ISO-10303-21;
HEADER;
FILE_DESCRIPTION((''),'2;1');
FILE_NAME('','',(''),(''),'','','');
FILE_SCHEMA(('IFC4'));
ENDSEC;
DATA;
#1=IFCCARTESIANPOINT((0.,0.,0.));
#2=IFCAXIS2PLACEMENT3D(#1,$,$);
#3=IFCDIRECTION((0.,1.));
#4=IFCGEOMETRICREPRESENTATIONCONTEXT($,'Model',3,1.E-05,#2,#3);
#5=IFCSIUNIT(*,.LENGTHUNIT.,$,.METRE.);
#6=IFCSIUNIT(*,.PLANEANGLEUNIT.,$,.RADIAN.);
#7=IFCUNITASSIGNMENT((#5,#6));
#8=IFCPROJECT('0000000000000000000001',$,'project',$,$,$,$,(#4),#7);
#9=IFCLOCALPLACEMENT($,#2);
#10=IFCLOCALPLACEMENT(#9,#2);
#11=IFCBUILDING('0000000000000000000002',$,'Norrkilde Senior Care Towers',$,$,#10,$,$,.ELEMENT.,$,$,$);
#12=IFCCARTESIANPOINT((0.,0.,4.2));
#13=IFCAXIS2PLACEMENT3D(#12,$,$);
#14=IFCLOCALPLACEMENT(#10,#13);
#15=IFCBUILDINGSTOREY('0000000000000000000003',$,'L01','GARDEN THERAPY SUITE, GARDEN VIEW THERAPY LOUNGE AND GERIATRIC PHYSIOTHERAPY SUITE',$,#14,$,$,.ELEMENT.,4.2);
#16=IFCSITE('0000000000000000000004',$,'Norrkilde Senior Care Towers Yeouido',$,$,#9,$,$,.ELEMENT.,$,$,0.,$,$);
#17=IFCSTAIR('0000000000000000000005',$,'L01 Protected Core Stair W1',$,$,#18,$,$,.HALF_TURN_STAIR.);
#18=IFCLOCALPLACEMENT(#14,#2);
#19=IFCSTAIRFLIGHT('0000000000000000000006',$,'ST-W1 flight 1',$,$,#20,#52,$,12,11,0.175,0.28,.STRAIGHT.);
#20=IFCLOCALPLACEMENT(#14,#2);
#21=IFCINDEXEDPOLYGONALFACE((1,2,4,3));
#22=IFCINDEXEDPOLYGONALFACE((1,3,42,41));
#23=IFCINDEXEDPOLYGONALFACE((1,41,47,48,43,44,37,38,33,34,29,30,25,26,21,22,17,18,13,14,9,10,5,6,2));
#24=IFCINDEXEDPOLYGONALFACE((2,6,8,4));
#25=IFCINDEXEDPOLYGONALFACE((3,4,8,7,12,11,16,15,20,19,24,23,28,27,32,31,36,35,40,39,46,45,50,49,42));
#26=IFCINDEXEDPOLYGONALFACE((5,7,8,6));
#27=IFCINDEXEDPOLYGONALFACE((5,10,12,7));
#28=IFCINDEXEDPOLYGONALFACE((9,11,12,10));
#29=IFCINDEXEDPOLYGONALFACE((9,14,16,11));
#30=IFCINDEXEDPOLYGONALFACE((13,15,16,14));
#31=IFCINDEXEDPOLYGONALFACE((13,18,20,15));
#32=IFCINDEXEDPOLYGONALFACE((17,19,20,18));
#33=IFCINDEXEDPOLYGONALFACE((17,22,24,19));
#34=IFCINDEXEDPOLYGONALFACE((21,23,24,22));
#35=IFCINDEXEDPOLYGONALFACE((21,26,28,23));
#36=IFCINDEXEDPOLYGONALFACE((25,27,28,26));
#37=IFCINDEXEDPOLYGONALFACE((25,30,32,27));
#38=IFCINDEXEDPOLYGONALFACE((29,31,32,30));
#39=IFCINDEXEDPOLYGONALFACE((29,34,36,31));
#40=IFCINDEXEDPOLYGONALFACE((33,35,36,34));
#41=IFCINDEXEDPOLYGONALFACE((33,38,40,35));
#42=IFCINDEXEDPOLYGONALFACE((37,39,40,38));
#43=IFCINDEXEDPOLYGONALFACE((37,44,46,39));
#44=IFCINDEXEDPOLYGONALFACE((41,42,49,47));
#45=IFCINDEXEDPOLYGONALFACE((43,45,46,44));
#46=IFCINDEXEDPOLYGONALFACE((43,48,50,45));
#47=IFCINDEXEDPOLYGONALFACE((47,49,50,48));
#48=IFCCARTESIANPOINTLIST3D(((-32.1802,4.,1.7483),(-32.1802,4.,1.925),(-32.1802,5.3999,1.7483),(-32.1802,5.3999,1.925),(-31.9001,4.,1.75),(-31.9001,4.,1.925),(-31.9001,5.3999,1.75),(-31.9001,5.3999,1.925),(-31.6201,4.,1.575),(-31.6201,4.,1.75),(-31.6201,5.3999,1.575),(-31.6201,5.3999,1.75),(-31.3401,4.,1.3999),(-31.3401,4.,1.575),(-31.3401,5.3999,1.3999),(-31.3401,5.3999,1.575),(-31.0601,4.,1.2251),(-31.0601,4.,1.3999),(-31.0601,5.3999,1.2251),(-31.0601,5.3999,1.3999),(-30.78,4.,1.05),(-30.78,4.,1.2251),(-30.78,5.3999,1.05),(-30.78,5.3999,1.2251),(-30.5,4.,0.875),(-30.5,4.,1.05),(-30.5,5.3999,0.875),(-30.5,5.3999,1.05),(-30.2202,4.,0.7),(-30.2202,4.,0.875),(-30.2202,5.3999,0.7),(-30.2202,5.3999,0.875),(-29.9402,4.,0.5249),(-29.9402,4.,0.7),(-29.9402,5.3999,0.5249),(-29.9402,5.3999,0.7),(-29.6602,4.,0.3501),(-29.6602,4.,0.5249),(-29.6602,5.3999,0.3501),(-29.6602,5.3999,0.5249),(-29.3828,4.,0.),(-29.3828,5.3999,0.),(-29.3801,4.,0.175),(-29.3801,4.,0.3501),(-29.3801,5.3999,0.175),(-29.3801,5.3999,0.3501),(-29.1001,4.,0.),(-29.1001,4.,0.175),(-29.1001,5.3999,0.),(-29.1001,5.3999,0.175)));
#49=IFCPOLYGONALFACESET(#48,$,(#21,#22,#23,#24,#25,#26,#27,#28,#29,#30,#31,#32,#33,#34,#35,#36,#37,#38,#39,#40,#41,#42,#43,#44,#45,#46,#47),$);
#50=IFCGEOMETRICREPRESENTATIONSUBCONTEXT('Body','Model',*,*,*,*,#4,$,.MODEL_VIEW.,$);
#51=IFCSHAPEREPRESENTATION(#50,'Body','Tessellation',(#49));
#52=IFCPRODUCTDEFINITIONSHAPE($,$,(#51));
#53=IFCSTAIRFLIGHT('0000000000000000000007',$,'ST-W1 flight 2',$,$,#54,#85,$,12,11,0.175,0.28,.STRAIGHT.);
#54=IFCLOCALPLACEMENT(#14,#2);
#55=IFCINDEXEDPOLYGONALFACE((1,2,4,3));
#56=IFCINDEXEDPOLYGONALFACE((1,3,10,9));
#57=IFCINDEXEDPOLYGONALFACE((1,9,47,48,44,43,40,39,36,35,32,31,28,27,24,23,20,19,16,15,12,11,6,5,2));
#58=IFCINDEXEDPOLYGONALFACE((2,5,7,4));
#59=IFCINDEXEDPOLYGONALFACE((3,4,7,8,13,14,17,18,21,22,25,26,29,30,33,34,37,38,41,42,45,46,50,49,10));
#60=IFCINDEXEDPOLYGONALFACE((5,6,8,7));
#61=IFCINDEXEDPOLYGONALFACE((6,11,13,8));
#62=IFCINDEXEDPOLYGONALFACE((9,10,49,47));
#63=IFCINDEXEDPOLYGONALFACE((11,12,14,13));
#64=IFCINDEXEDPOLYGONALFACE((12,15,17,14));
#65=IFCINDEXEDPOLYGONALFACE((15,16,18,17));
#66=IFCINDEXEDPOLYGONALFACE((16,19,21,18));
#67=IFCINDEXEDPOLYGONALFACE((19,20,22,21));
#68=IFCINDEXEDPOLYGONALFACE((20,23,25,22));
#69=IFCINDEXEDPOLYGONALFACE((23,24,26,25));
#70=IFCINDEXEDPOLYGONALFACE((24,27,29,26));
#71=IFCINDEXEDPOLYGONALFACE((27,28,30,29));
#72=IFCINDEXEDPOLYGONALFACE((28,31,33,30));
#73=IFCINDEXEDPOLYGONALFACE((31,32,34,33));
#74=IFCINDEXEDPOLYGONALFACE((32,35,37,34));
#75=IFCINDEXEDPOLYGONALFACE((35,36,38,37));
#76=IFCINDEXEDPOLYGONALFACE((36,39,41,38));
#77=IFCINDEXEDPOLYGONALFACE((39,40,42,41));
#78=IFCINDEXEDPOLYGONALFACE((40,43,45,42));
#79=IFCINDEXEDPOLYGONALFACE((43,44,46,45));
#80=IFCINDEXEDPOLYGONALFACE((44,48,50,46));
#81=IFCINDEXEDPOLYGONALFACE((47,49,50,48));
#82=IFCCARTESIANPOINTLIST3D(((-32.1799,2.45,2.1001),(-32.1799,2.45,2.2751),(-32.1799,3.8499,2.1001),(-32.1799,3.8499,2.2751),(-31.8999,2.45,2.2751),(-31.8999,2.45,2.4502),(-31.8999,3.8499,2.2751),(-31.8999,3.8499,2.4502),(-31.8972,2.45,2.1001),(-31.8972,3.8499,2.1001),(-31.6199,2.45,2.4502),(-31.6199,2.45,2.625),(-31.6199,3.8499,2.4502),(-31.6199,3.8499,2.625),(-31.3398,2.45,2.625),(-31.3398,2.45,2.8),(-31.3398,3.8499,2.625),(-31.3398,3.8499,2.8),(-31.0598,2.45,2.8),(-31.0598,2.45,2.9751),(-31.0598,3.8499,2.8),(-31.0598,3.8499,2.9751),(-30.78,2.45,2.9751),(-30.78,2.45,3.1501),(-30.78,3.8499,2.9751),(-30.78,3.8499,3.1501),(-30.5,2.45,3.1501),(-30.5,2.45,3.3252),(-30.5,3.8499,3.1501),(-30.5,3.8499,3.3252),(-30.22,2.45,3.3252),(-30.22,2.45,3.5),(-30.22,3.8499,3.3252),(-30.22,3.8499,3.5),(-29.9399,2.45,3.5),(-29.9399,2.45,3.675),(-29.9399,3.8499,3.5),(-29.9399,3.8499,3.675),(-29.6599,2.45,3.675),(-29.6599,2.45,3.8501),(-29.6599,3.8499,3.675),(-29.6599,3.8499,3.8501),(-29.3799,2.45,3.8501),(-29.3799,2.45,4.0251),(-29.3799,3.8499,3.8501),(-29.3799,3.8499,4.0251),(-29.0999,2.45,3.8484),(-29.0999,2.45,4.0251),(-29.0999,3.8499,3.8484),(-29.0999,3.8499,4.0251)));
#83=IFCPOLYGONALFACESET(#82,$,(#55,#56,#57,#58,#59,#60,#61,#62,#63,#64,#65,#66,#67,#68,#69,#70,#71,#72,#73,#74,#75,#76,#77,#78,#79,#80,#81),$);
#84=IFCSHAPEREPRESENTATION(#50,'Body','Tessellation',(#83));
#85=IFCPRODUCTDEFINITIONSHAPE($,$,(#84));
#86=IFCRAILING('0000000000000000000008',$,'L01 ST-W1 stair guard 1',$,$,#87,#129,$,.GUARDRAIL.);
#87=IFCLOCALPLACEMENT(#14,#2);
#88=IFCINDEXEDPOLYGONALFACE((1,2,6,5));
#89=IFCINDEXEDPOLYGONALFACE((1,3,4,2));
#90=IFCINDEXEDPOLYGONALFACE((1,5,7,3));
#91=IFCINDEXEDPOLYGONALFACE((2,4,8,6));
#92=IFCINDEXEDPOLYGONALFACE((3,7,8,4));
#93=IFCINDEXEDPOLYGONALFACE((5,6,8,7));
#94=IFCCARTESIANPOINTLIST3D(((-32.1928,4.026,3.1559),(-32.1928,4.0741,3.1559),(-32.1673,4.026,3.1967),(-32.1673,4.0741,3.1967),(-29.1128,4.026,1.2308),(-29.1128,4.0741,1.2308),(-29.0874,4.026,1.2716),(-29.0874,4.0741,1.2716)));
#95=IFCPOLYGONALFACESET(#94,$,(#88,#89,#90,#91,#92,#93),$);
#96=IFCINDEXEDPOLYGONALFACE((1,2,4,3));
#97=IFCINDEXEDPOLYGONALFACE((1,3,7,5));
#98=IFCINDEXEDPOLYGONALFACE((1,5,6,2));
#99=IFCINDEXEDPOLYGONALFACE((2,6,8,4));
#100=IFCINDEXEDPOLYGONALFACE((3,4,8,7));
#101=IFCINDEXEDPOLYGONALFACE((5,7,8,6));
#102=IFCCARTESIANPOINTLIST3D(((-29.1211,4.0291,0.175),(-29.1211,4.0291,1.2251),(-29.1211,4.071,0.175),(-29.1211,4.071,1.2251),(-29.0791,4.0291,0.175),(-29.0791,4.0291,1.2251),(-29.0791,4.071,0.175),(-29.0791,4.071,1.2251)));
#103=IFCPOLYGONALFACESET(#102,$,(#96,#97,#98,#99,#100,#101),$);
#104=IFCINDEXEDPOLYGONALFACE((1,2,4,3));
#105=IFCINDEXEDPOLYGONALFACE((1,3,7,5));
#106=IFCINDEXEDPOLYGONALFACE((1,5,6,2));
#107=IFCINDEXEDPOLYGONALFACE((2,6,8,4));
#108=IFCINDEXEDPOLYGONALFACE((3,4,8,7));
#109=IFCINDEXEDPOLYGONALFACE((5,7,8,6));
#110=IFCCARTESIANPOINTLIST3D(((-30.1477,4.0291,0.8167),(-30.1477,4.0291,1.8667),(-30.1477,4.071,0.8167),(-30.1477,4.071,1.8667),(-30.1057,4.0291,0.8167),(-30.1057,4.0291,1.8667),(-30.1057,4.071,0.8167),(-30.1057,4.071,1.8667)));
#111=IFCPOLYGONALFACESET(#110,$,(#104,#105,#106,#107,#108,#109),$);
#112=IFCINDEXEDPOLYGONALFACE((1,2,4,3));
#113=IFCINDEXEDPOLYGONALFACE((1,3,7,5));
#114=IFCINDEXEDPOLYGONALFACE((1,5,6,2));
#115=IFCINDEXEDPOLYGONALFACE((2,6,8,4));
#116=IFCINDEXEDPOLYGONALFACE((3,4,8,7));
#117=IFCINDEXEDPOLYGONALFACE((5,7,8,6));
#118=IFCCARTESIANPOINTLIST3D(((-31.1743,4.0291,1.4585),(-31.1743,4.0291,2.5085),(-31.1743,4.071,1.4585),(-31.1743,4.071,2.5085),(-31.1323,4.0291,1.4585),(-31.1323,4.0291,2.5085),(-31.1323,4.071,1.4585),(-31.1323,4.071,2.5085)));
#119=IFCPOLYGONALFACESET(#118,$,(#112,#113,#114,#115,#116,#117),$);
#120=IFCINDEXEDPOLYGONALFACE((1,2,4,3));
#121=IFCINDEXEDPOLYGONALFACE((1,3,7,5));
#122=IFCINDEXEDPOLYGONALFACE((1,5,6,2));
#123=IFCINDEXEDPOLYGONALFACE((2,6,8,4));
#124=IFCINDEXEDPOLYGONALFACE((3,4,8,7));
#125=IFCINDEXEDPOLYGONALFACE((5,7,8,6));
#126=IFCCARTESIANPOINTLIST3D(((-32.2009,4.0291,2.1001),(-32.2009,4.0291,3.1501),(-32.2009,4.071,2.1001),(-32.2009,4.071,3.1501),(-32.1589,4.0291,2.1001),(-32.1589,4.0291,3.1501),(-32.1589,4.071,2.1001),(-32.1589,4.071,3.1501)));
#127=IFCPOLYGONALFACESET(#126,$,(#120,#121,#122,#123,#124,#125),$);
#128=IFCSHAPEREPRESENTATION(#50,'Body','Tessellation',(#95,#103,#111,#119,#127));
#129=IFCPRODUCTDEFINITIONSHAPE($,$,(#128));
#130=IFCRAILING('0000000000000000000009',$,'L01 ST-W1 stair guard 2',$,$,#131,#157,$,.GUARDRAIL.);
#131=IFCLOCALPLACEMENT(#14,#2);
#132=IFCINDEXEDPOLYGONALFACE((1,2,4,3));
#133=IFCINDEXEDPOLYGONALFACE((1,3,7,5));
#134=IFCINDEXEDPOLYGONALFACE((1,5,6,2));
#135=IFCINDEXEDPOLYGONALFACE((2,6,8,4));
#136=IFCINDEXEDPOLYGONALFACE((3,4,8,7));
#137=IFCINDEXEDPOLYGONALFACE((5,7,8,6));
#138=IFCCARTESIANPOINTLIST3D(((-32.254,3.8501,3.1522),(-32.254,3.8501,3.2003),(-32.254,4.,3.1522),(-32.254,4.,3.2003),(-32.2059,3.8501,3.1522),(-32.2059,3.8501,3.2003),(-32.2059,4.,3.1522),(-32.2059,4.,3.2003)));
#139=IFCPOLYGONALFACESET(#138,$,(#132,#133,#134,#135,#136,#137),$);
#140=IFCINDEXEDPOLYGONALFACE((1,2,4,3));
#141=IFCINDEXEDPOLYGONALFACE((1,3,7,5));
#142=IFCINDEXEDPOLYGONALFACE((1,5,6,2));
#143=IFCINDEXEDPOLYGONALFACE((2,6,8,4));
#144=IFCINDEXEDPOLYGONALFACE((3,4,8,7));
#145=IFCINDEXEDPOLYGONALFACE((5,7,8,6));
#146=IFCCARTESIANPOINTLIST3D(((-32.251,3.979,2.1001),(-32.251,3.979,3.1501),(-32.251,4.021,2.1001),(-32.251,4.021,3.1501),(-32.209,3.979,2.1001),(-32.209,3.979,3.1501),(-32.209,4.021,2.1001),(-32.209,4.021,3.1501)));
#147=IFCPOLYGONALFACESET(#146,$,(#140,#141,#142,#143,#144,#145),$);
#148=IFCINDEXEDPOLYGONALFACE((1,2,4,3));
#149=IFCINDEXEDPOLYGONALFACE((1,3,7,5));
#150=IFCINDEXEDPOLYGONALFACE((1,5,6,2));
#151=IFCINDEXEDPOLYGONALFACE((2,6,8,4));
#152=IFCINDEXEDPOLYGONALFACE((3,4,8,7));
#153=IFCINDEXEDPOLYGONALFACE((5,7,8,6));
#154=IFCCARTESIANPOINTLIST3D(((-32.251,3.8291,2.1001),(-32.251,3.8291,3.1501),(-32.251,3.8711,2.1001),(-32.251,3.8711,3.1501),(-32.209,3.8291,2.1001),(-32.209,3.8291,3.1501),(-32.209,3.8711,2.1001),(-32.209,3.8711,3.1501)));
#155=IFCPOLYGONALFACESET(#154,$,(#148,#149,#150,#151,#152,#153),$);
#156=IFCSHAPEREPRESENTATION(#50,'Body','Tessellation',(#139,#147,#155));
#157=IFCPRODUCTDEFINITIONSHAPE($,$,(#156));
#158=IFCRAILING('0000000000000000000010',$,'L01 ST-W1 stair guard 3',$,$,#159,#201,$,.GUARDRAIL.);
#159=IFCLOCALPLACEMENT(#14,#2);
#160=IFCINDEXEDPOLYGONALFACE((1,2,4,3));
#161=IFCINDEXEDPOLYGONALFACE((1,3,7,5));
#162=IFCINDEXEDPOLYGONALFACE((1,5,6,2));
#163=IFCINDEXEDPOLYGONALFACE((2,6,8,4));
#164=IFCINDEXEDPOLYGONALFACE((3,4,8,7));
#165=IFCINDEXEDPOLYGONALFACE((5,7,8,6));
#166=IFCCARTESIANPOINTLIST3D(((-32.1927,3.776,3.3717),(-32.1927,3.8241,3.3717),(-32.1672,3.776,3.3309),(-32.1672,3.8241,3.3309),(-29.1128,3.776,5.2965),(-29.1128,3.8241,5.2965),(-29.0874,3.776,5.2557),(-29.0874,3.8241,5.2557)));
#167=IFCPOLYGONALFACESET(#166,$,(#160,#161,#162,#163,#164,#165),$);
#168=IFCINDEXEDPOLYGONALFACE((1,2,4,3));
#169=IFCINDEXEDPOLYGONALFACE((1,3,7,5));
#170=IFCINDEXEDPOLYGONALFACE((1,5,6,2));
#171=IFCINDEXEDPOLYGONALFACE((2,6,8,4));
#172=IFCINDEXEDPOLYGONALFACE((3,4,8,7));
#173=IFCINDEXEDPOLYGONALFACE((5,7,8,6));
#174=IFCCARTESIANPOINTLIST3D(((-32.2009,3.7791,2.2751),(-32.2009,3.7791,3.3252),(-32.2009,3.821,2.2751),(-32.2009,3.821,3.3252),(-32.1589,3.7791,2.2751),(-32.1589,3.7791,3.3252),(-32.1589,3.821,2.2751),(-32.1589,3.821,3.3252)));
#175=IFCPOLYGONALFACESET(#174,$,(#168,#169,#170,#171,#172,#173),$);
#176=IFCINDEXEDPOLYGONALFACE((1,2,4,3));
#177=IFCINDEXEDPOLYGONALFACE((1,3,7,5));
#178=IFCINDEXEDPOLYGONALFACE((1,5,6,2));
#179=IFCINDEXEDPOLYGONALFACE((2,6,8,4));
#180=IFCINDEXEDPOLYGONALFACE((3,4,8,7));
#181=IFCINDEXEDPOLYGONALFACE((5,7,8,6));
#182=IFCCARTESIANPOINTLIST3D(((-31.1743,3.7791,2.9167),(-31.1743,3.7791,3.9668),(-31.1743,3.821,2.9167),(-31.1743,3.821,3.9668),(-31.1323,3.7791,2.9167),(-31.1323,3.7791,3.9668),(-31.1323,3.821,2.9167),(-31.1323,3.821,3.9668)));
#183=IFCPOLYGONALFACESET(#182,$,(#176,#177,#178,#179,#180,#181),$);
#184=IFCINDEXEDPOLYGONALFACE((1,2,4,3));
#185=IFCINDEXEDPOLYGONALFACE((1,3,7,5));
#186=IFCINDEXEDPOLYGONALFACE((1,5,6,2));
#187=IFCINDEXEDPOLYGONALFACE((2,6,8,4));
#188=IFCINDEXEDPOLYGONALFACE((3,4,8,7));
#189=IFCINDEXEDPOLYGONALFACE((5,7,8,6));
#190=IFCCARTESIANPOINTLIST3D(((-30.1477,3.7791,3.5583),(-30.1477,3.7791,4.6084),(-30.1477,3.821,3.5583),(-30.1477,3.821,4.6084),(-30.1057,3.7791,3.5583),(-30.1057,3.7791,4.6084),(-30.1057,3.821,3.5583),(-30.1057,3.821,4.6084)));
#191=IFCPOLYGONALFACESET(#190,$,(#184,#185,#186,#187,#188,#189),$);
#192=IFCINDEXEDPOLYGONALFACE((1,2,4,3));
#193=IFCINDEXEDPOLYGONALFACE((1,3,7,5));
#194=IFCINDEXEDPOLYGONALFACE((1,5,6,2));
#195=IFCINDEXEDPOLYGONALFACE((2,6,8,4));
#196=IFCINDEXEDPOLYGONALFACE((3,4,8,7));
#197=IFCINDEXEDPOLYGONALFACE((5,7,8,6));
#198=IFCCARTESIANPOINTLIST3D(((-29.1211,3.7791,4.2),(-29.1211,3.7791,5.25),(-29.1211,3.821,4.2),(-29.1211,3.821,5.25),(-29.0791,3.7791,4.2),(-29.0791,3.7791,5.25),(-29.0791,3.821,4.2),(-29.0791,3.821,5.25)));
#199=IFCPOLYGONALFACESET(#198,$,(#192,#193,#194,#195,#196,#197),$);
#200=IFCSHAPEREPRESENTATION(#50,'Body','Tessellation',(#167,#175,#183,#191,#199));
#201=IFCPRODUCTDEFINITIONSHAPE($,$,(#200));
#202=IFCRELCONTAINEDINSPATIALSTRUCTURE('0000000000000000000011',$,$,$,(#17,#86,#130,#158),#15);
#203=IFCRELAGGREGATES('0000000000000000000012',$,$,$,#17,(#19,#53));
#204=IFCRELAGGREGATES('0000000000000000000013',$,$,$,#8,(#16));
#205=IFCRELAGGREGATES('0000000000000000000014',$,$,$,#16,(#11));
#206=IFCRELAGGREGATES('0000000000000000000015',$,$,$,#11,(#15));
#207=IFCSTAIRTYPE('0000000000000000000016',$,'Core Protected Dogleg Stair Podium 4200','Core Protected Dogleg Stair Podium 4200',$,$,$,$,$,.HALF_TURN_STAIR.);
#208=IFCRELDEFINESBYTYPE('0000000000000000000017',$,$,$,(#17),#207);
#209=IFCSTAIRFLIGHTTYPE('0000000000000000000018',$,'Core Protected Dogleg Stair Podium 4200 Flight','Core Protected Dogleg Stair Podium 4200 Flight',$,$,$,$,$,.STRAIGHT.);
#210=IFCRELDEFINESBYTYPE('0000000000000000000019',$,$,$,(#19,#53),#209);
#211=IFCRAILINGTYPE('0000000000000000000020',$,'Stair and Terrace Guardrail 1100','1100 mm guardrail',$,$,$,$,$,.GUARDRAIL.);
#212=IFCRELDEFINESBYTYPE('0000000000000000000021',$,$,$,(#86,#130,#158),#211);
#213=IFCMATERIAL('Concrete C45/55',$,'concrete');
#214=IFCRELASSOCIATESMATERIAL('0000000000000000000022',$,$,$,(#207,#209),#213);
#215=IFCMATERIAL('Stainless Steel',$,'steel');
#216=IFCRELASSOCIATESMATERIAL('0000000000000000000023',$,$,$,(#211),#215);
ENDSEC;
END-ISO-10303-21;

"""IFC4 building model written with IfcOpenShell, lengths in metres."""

from ifc_helpers import new_model, si_unit, direction, frame, origin, origin_2d, place, context, subcontext, project, spatial, polyline, rectangle, outline, extrude, material, type_object, element, aggregate, save


model = new_model("IFC4")

# Units and contexts
model_context = context("Model", 3, precision=1e-05, world=origin(), true_north=direction((0.0, 1.0)))
body_context = subcontext(model_context, "Body", "Model", "MODEL_VIEW")
ifc_project = project(units=[si_unit("LENGTHUNIT", "METRE"), si_unit("PLANEANGLEUNIT", "RADIAN")], contexts=[model_context])

# Site, building, storey
site_placement = place(None, origin())
site = spatial("IfcSite", under=ifc_project, at=site_placement, Name="Norrkilde Senior Care Towers Yeouido", CompositionType="ELEMENT", RefElevation=0.0)
building_placement = place(site_placement, origin())
building = spatial("IfcBuilding", under=site, at=building_placement, Name="Norrkilde Senior Care Towers", CompositionType="ELEMENT")
storey_placement = place(building_placement, frame((0.0, 0.0, 4.2)))
storey = spatial("IfcBuildingStorey", under=building, at=storey_placement, Name="L01", Description="GARDEN THERAPY SUITE, GARDEN VIEW THERAPY LOUNGE AND GERIATRIC PHYSIOTHERAPY SUITE", CompositionType="ELEMENT", Elevation=4.2)

# Shared definitions
ifc_material_1 = material(Name="Concrete C45/55", Category="concrete")
ifc_material_2 = material(Name="Stainless Steel", Category="steel")

# Stair, stair flights
stair_type = type_object("IfcStairType", Name="Core Protected Dogleg Stair Podium 4200", Description="Core Protected Dogleg Stair Podium 4200", PredefinedType="HALF_TURN_STAIR", material=ifc_material_1)
stair_placement = place(storey_placement, origin())
stair = element("IfcStair", 1, at=stair_placement, inside=storey, type_object=stair_type, Name="L01 Protected Core Stair W1", PredefinedType="HALF_TURN_STAIR")
stair_flight_type = type_object("IfcStairFlightType", Name="Core Protected Dogleg Stair Podium 4200 Flight", Description="Core Protected Dogleg Stair Podium 4200 Flight", PredefinedType="STRAIGHT", material=ifc_material_1)
stair_flight_1_placement = place(storey_placement, frame((-29.1001, 4.7, 0.0), z_axis=(0.0, 0.0, 1.0), x_axis=(-1.0, 0.0, 0.0)))
stair_flight_1 = element("IfcStairFlight", 2, at=stair_flight_1_placement, type_object=stair_flight_type, Name="ST-W1 flight 1", NumberOfRisers=12, NumberOfTreads=11, PredefinedType="STRAIGHT", RiserHeight=0.175, TreadLength=0.28, context=body_context, shape_type="SweptSolid", body=[
    extrude(outline(polyline([(0.0, 0.0), (0.0, 0.175), (0.28, 0.175), (0.28, 0.3501), (0.5601, 0.3501), (0.5601, 0.5249), (0.8401, 0.5249), (0.8401, 0.7), (1.1201, 0.7), (1.1201, 0.875), (1.3999, 0.875), (1.3999, 1.05), (1.6799, 1.05), (1.6799, 1.2251), (1.96, 1.2251), (1.96, 1.3999), (2.24, 1.3999), (2.24, 1.575), (2.52, 1.575), (2.52, 1.75), (2.8, 1.75), (2.8, 1.925), (3.0801, 1.925), (3.0801, 2.1001), (3.0801, 1.7483), (0.2827, 0.0), (0.0, 0.0)])), frame((0.0, 0.7, 0.0), z_axis=(0.0, -1.0, 0.0), x_axis=(1.0, 0.0, 0.0)), (0.0, 0.0, 1.0), 1.3999),
])
stair_flight_2_placement = place(storey_placement, frame((-32.1799, 3.1499, 2.1001), z_axis=(0.0, 0.0, 1.0), x_axis=(1.0, 0.0, 0.0)))
stair_flight_2 = element("IfcStairFlight", 3, at=stair_flight_2_placement, type_object=stair_flight_type, Name="ST-W1 flight 2", NumberOfRisers=12, NumberOfTreads=11, PredefinedType="STRAIGHT", RiserHeight=0.175, TreadLength=0.28, context=body_context, shape_type="SweptSolid", body=[
    extrude(outline(polyline([(0.0, 0.0), (0.0, 0.175), (0.28, 0.175), (0.28, 0.3501), (0.5601, 0.3501), (0.5601, 0.5249), (0.8401, 0.5249), (0.8401, 0.7), (1.1201, 0.7), (1.1201, 0.875), (1.3999, 0.875), (1.3999, 1.05), (1.6799, 1.05), (1.6799, 1.2251), (1.96, 1.2251), (1.96, 1.3999), (2.24, 1.3999), (2.24, 1.575), (2.52, 1.575), (2.52, 1.75), (2.8, 1.75), (2.8, 1.925), (3.0801, 1.925), (3.0801, 2.1001), (3.0801, 1.7483), (0.2827, 0.0), (0.0, 0.0)])), frame((0.0, 0.7, 0.0), z_axis=(0.0, -1.0, 0.0), x_axis=(1.0, 0.0, 0.0)), (0.0, 0.0, 1.0), 1.3999),
])
aggregate(stair, [stair_flight_1, stair_flight_2])

# Railings
railing_type_1 = type_object("IfcRailingType", Name="Stair and Terrace Guardrail 1100", Description="1100 mm guardrail", PredefinedType="GUARDRAIL", material=ifc_material_2)
railing_1_placement = place(storey_placement, frame((-29.1001, 4.05, 0.175)))
element("IfcRailing", 4, at=railing_1_placement, inside=storey, type_object=railing_type_1, Name="L01 ST-W1 stair guard 1", PredefinedType="GUARDRAIL", context=body_context, shape_type="SweptSolid", body=[
    extrude(rectangle(XDim=0.0481, YDim=0.0481, at=origin_2d()), frame((0.0, 0.0, 1.0762), z_axis=(-0.847979, 0.0, 0.530029), x_axis=(0.0, -1.0, 0.0)), (0.0, 0.0, 1.0), 3.6321),
    extrude(rectangle(XDim=0.042, YDim=0.042, at=origin_2d()), origin(), (0.0, 0.0, 1.0), 1.05),
    extrude(rectangle(XDim=0.042, YDim=0.042, at=origin_2d()), frame((-1.0266, 0.0, 0.6416)), (0.0, 0.0, 1.0), 1.05),
    extrude(rectangle(XDim=0.042, YDim=0.042, at=origin_2d()), frame((-2.0532, 0.0, 1.2834)), (0.0, 0.0, 1.0), 1.05),
    extrude(rectangle(XDim=0.042, YDim=0.042, at=origin_2d()), frame((-3.0798, 0.0, 1.925)), (0.0, 0.0, 1.0), 1.05),
])
railing_2_placement = place(storey_placement, frame((-32.23, 4.0, 2.1001)))
element("IfcRailing", 5, at=railing_2_placement, inside=storey, type_object=railing_type_1, Name="L01 ST-W1 stair guard 2", PredefinedType="GUARDRAIL", context=body_context, shape_type="SweptSolid", body=[
    extrude(rectangle(XDim=0.0481, YDim=0.0481, at=origin_2d()), frame((0.0, 0.0, 1.0762), z_axis=(0.0, -1.0, 0.0), x_axis=(1.0, 0.0, 0.0)), (0.0, 0.0, 1.0), 0.1499),
    extrude(rectangle(XDim=0.042, YDim=0.042, at=origin_2d()), origin(), (0.0, 0.0, 1.0), 1.05),
    extrude(rectangle(XDim=0.042, YDim=0.042, at=origin_2d()), frame((0.0, -0.1499, 0.0)), (0.0, 0.0, 1.0), 1.05),
])
railing_3_placement = place(storey_placement, frame((-32.1799, 3.8, 2.2751)))
element("IfcRailing", 6, at=railing_3_placement, inside=storey, type_object=railing_type_1, Name="L01 ST-W1 stair guard 3", PredefinedType="GUARDRAIL", context=body_context, shape_type="SweptSolid", body=[
    extrude(rectangle(XDim=0.0481, YDim=0.0481, at=origin_2d()), frame((0.0, 0.0, 1.0762), z_axis=(0.84801, 0.0, 0.529981), x_axis=(0.0, 1.0, 0.0)), (0.0, 0.0, 1.0), 3.6318),
    extrude(rectangle(XDim=0.042, YDim=0.042, at=origin_2d()), origin(), (0.0, 0.0, 1.0), 1.05),
    extrude(rectangle(XDim=0.042, YDim=0.042, at=origin_2d()), frame((1.0266, 0.0, 0.6416)), (0.0, 0.0, 1.0), 1.05),
    extrude(rectangle(XDim=0.042, YDim=0.042, at=origin_2d()), frame((2.0532, 0.0, 1.2832)), (0.0, 0.0, 1.0), 1.05),
    extrude(rectangle(XDim=0.042, YDim=0.042, at=origin_2d()), frame((3.0798, 0.0, 1.9248)), (0.0, 0.0, 1.0), 1.05),
])

save(model, "model.ifc")
